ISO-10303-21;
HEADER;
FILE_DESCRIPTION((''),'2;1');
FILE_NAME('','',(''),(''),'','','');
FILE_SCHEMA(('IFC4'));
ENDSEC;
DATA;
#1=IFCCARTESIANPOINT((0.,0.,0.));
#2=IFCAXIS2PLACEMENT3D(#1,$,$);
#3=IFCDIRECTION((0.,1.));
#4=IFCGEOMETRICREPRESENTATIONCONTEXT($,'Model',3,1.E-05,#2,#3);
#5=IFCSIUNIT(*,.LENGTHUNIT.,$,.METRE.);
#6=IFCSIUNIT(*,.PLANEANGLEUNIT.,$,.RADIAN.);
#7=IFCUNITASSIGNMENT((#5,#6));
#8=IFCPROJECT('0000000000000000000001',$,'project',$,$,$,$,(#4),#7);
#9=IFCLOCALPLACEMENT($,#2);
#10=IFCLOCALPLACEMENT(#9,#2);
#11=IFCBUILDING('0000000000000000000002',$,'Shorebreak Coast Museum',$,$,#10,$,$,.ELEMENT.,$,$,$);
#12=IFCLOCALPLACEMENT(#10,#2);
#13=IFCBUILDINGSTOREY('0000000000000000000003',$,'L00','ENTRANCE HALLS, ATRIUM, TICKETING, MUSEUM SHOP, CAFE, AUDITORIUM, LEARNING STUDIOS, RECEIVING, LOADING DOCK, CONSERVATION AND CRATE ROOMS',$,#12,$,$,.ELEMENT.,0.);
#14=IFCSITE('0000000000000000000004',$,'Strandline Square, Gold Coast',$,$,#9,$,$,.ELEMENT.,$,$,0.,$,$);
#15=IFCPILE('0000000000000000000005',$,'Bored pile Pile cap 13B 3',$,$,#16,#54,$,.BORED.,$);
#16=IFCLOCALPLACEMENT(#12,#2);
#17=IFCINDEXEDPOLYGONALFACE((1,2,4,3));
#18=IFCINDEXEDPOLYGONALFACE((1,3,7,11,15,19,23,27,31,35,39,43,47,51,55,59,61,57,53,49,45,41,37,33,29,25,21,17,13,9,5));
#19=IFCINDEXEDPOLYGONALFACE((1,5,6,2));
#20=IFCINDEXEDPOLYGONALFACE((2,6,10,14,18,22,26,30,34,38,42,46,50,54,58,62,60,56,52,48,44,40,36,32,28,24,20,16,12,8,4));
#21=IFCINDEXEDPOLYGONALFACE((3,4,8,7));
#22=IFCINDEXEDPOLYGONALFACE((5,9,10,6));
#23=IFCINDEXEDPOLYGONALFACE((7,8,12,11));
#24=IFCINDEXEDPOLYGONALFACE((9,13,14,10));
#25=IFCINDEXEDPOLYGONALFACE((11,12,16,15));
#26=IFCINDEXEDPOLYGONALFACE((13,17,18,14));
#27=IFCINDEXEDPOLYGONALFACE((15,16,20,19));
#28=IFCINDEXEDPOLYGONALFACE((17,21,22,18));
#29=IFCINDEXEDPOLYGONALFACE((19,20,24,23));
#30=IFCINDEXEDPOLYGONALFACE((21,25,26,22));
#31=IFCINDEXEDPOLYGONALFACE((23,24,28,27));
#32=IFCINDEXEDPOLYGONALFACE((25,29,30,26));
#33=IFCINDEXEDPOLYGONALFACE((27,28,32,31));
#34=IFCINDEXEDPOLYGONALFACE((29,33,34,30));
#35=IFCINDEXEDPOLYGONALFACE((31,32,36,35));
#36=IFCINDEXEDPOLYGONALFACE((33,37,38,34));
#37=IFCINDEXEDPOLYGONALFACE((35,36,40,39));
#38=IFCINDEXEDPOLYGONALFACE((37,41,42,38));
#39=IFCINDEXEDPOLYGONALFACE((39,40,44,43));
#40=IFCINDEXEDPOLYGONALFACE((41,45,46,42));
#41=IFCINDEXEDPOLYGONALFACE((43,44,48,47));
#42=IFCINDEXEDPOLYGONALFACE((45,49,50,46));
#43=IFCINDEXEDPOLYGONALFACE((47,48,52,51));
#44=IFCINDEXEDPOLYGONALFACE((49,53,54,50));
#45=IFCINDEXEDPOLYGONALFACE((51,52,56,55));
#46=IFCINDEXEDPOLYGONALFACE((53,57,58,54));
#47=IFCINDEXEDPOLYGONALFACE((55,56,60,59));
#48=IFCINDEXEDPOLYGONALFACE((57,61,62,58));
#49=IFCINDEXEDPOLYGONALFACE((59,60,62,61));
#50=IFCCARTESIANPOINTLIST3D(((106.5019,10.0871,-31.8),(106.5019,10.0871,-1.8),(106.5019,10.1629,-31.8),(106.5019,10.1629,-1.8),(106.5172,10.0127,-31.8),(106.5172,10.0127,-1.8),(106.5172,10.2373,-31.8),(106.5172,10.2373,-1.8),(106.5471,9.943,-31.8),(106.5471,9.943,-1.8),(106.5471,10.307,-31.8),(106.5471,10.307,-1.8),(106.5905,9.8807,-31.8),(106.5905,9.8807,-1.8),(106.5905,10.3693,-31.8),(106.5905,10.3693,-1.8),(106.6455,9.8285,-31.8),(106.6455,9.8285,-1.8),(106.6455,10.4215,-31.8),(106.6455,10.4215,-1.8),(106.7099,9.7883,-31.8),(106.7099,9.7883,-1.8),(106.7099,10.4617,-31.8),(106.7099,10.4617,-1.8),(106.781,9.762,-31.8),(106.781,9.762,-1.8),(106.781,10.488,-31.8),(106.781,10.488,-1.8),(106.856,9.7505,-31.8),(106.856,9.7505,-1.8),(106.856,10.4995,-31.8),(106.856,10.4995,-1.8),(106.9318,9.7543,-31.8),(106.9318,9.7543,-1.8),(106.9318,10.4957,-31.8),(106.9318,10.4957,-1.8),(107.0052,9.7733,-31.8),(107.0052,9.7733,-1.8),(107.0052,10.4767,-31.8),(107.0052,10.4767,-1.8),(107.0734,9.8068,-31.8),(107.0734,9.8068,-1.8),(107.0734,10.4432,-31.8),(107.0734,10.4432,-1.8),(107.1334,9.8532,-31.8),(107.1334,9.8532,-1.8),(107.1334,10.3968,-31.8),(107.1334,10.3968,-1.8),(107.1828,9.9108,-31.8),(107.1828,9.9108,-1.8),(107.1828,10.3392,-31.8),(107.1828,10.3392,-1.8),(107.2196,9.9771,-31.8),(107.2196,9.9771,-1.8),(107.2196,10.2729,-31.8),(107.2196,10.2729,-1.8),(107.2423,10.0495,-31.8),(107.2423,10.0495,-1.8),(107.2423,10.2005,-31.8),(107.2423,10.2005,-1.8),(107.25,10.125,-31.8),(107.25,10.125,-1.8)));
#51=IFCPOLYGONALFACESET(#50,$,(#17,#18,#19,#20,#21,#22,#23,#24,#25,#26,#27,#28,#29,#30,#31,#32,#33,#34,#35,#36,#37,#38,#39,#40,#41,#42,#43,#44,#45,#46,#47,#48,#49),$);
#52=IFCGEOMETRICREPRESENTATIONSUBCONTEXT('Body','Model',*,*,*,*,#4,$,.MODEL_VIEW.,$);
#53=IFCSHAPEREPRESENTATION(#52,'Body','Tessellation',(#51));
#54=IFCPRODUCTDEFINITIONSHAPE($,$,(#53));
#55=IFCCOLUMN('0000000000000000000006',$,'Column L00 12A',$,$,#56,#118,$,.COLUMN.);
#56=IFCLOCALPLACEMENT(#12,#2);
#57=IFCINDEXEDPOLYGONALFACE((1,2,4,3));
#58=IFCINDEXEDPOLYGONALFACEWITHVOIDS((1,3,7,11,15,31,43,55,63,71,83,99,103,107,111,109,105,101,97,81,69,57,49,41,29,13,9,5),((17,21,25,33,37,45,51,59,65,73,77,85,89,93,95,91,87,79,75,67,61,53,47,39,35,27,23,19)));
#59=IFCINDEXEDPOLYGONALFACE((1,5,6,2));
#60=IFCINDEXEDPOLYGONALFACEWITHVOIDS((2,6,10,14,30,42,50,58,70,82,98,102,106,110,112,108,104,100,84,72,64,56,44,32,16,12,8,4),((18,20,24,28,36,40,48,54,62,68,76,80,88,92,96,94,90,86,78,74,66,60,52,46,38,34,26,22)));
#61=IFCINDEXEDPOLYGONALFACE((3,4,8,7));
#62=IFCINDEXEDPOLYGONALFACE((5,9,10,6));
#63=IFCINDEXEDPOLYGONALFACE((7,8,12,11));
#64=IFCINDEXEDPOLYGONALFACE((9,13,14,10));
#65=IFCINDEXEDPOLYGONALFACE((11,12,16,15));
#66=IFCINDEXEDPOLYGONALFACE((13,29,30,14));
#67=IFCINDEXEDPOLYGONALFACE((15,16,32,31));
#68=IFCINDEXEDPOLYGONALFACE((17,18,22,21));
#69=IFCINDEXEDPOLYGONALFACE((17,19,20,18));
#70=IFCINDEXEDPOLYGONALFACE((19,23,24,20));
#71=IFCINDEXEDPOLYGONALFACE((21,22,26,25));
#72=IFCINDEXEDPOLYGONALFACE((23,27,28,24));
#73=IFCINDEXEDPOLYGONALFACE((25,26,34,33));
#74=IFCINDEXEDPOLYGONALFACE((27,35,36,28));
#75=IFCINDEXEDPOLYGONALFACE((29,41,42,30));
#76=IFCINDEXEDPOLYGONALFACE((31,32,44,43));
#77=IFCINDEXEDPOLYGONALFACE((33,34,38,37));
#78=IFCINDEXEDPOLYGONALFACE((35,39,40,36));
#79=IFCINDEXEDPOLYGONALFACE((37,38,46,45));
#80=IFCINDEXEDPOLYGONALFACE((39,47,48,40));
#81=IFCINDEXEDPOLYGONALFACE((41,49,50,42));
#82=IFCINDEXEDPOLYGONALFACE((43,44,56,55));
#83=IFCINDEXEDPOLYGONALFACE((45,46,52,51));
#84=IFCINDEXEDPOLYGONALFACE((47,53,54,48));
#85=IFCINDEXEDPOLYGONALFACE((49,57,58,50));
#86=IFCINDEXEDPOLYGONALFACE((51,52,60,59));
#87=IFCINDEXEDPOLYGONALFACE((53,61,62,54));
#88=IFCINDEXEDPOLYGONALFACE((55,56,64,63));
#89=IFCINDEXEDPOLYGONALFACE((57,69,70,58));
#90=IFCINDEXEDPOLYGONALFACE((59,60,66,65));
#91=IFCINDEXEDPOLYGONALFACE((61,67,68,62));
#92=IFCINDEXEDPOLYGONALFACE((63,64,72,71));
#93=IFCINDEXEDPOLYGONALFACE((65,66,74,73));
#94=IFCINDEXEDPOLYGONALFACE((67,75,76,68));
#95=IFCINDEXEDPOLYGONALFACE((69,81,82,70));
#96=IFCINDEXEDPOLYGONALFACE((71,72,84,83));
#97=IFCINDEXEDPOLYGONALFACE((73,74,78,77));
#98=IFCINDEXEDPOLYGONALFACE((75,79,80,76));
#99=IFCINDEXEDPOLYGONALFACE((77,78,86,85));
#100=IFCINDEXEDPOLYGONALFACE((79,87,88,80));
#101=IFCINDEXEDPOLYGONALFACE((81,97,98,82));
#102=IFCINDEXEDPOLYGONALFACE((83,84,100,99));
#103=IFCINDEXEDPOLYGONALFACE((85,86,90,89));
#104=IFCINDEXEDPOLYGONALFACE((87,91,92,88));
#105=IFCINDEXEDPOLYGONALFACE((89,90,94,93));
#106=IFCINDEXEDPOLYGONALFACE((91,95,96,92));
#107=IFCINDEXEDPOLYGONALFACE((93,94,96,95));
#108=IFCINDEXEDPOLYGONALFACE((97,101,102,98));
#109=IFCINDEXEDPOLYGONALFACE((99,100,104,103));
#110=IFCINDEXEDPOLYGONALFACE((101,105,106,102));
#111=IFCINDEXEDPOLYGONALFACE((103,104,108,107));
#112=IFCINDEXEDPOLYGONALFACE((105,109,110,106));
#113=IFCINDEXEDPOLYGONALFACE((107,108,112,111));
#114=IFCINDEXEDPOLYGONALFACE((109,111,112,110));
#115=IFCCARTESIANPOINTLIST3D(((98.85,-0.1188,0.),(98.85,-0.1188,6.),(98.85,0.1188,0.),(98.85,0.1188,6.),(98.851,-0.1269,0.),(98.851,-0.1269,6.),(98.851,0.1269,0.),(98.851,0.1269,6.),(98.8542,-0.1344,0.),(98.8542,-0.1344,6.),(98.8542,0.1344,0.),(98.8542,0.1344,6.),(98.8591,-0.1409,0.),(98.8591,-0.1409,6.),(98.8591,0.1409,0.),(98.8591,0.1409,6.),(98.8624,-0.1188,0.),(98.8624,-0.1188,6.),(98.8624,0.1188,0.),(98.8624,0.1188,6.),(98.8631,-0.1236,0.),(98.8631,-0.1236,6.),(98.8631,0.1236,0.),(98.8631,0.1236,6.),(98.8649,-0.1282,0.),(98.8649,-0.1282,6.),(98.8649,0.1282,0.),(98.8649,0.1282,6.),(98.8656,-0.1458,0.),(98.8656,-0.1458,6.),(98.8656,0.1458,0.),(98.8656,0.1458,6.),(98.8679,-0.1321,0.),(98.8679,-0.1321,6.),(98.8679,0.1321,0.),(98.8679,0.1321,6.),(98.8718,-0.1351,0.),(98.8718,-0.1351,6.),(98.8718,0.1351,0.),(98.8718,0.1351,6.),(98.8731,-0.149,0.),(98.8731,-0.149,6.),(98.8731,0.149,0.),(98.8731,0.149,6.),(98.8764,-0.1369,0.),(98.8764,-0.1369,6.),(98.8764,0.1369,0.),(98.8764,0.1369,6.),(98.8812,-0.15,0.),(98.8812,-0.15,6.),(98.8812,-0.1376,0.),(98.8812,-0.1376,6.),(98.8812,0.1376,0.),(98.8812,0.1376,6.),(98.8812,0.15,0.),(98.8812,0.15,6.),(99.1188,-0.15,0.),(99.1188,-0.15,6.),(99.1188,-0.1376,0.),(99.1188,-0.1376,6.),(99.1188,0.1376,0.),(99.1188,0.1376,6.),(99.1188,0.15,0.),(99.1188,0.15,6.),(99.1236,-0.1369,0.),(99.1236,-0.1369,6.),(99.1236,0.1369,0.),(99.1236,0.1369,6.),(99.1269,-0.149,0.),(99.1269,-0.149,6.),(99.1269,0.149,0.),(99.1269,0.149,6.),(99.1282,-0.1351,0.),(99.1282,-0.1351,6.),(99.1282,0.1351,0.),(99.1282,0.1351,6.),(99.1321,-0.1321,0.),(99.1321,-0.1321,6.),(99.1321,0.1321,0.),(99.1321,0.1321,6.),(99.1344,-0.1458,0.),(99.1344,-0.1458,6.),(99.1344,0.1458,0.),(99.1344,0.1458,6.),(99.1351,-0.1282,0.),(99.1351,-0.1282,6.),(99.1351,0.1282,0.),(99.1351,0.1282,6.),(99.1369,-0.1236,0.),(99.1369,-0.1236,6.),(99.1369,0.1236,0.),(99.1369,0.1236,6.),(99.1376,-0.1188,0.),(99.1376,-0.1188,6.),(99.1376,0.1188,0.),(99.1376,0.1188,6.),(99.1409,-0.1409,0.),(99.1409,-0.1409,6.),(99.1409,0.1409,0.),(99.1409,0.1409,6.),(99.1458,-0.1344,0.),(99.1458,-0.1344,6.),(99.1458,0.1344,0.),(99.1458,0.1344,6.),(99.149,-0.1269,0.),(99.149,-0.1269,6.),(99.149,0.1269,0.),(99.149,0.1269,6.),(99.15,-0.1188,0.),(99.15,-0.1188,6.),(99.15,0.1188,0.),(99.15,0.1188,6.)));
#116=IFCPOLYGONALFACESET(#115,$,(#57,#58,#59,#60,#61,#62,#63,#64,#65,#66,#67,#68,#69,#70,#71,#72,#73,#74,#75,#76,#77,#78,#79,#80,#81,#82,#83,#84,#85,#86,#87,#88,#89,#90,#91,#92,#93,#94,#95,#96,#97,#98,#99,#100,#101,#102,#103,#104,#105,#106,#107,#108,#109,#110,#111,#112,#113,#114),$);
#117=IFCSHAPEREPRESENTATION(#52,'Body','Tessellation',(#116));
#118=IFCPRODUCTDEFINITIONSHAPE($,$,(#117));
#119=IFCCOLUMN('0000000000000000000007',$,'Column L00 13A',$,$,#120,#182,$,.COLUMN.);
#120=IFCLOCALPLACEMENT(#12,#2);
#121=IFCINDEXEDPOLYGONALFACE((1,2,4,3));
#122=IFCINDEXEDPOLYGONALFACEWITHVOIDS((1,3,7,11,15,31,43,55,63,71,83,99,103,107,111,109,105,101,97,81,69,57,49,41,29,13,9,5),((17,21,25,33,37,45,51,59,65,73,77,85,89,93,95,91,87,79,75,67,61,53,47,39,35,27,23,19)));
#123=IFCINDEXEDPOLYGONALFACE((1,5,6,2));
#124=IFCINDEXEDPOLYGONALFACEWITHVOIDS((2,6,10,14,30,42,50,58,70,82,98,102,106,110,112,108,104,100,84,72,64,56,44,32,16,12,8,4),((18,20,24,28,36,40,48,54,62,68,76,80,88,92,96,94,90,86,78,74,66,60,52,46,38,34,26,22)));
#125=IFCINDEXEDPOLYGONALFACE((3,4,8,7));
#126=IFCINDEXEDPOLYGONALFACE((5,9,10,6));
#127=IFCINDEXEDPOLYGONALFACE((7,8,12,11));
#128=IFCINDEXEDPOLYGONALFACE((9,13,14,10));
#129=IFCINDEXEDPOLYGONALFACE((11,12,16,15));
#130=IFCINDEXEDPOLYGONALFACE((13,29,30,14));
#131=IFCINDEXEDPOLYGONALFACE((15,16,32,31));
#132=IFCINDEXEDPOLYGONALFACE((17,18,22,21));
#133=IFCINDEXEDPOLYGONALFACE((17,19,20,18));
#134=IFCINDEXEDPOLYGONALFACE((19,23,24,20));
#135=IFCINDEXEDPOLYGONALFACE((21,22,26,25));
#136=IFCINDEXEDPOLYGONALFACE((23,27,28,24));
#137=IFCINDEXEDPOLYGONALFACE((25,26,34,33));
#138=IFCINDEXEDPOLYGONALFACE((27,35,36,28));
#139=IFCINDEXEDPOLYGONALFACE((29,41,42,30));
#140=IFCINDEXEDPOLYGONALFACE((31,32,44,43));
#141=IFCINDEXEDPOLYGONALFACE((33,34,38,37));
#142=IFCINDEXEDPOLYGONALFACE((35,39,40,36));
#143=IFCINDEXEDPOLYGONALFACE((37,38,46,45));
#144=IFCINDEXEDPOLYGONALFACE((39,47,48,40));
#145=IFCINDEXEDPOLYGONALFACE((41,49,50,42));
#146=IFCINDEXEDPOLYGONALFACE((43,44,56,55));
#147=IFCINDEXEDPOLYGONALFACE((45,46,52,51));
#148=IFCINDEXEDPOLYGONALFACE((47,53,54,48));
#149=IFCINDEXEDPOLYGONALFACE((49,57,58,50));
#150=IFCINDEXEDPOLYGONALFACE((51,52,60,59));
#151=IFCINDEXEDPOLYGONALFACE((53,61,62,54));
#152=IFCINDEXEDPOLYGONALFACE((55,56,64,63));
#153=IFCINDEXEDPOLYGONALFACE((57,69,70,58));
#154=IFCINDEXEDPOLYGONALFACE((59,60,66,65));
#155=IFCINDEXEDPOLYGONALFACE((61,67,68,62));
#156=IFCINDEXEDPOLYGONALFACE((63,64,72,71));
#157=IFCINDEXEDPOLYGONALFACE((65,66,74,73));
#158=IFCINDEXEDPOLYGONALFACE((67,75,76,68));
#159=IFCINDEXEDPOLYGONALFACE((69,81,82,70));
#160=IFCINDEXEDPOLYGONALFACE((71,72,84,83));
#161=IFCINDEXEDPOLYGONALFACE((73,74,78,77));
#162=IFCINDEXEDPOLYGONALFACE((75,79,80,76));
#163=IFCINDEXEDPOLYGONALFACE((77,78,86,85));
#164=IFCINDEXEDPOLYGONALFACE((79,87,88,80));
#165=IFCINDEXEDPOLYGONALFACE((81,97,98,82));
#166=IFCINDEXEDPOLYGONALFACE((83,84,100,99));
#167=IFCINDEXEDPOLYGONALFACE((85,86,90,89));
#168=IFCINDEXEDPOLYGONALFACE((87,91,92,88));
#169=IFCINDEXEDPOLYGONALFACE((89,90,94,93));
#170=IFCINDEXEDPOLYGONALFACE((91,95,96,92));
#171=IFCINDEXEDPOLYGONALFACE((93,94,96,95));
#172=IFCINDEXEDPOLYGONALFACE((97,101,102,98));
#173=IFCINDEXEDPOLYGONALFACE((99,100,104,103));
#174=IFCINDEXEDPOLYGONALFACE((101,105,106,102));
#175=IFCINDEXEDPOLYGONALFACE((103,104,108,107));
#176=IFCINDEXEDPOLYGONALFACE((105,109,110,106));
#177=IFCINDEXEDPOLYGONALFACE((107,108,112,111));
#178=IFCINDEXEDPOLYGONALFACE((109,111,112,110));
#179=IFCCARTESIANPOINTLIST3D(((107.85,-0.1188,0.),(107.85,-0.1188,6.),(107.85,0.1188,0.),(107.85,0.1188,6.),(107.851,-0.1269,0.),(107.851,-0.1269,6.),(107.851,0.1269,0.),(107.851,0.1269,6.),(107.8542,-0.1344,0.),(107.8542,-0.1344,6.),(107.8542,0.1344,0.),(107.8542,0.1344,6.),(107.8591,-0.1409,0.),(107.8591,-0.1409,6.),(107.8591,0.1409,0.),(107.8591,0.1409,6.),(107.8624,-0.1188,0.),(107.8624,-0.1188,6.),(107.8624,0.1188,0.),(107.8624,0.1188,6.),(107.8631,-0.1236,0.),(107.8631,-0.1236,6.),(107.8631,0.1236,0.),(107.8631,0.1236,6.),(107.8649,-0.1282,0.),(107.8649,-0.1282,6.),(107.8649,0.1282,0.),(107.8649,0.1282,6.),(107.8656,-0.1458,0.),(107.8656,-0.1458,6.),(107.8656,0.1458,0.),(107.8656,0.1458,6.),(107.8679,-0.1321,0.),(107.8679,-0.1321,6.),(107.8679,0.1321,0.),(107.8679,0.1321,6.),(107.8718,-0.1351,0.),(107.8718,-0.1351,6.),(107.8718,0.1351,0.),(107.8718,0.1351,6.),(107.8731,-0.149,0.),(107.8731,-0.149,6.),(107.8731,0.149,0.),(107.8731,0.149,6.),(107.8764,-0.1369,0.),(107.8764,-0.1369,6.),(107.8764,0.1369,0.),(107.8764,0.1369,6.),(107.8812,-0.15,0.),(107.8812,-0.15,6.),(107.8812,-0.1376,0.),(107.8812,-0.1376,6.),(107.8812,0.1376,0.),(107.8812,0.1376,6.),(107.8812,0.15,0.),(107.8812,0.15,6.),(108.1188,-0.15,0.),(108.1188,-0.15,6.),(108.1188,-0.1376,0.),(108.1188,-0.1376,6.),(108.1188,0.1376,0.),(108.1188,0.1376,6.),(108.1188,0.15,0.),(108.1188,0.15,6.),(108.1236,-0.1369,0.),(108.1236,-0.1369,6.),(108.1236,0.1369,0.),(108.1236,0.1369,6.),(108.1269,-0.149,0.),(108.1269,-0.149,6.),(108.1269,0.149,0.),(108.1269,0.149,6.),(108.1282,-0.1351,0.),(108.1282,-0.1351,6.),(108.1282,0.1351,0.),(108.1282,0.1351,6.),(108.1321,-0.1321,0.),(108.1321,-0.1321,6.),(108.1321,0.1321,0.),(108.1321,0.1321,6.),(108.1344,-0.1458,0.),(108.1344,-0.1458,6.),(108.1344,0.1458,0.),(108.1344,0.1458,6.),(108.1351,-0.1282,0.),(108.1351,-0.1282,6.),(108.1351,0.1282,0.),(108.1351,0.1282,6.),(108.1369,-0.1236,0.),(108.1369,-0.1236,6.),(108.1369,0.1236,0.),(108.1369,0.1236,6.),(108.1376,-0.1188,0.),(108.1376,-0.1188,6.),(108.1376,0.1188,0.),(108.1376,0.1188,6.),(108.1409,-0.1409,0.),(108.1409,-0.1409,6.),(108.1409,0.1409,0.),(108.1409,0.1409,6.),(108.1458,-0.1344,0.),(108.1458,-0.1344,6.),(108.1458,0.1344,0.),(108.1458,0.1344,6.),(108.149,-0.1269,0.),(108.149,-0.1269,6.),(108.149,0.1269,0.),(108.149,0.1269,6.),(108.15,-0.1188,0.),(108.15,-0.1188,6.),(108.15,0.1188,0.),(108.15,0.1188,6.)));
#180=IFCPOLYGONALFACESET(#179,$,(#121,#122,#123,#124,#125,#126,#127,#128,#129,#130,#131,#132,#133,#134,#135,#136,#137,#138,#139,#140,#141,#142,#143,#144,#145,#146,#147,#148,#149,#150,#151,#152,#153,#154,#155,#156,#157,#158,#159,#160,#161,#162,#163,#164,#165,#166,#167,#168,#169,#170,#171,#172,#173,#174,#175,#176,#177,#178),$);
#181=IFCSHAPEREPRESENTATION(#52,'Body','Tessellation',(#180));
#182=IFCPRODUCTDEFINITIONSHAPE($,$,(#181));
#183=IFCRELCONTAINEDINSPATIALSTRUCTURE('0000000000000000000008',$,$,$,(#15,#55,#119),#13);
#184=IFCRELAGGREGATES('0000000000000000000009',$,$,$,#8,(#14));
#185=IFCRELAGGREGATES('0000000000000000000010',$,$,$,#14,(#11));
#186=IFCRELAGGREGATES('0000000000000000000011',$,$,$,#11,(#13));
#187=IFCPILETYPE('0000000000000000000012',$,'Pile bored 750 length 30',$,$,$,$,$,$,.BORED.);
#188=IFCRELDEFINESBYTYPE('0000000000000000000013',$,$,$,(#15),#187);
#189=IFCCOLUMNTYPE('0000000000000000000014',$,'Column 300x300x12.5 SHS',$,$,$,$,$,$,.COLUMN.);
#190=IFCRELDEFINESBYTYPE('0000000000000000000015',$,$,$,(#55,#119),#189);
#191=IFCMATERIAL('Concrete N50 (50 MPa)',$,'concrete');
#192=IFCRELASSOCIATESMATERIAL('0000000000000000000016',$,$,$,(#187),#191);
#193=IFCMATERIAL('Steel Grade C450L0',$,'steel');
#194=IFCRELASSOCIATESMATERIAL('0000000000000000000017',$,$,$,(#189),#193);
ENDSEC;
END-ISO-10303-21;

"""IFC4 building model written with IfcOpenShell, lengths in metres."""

from ifc_helpers import new_model, si_unit, direction, frame, origin, origin_2d, place, context, subcontext, project, spatial, hollow_rectangle, circle, extrude, material, material_profile, profile_set, type_object, element, save


model = new_model("IFC4")

# Units and contexts
model_context = context("Model", 3, precision=1e-05, world=origin(), true_north=direction((0.0, 1.0)))
body_context = subcontext(model_context, "Body", "Model", "MODEL_VIEW")
ifc_project = project(units=[si_unit("LENGTHUNIT", "METRE"), si_unit("PLANEANGLEUNIT", "RADIAN")], contexts=[model_context])

# Site, building, storey
site_placement = place(None, origin())
site = spatial("IfcSite", under=ifc_project, at=site_placement, Name="Strandline Square, Gold Coast", CompositionType="ELEMENT", RefElevation=0.0)
building_placement = place(site_placement, origin())
building = spatial("IfcBuilding", under=site, at=building_placement, Name="Shorebreak Coast Museum", CompositionType="ELEMENT")
storey_placement = place(building_placement, origin())
storey = spatial("IfcBuildingStorey", under=building, at=storey_placement, Name="L00", Description="ENTRANCE HALLS, ATRIUM, TICKETING, MUSEUM SHOP, CAFE, AUDITORIUM, LEARNING STUDIOS, RECEIVING, LOADING DOCK, CONSERVATION AND CRATE ROOMS", CompositionType="ELEMENT", Elevation=0.0)

# Pile
ifc_material_1 = material(Name="Concrete N50 (50 MPa)", Category="concrete")
ifc_material_profile_1 = material_profile(ifc_material_1, circle(Radius=0.375, at=origin_2d()), Name="Pile bored 750 length 30")
ifc_profile_set_1 = profile_set([ifc_material_profile_1], Name="Concrete N50 (50 MPa)")
pile_type_1 = type_object("IfcPileType", Name="Pile bored 750 length 30", PredefinedType="BORED", material=ifc_profile_set_1)
for number, where, z_axis, x_axis, name in (
    (1, (106.875, 10.125, -1.8), (0.0, 0.0, -1.0), (1.0, 0.0, 0.0), "Bored pile Pile cap 13B 3"),
):
    element("IfcPile", number, at=place(storey_placement, frame(where, z_axis=z_axis, x_axis=x_axis)), inside=storey, type_object=pile_type_1, Name=name, PredefinedType="BORED", context=body_context, shape_type="SweptSolid", body=[
        extrude(circle(Radius=0.375, at=origin_2d()), origin(), (0.0, 0.0, 1.0), 30.0),
    ])

# Columns
ifc_material_2 = material(Name="Steel Grade C450L0", Category="steel")
ifc_material_profile_2 = material_profile(ifc_material_2, hollow_rectangle(XDim=0.3, YDim=0.3, WallThickness=0.0125, InnerFilletRadius=0.0188, OuterFilletRadius=0.0312, at=origin_2d()), Name="300x300x12.5 SHS")
ifc_profile_set_2 = profile_set([ifc_material_profile_2], Name="Steel Grade C450L0")
column_type_1 = type_object("IfcColumnType", Name="Column 300x300x12.5 SHS", PredefinedType="COLUMN", material=ifc_profile_set_2)
for number, where, z_axis, x_axis, name in (
    (2, (99.0, 0.0, 0.0), (0.0, 0.0, 1.0), (1.0, 0.0, 0.0), "Column L00 12A"),
    (3, (108.0, 0.0, 0.0), (0.0, 0.0, 1.0), (1.0, 0.0, 0.0), "Column L00 13A"),
):
    element("IfcColumn", number, at=place(storey_placement, frame(where, z_axis=z_axis, x_axis=x_axis)), inside=storey, type_object=column_type_1, Name=name, PredefinedType="COLUMN", context=body_context, shape_type="SweptSolid", body=[
        extrude(hollow_rectangle(XDim=0.3, YDim=0.3, WallThickness=0.0125, InnerFilletRadius=0.0188, OuterFilletRadius=0.0312, at=origin_2d()), origin(), (0.0, 0.0, 1.0), 6.0),
    ])

save(model, "model.ifc")
